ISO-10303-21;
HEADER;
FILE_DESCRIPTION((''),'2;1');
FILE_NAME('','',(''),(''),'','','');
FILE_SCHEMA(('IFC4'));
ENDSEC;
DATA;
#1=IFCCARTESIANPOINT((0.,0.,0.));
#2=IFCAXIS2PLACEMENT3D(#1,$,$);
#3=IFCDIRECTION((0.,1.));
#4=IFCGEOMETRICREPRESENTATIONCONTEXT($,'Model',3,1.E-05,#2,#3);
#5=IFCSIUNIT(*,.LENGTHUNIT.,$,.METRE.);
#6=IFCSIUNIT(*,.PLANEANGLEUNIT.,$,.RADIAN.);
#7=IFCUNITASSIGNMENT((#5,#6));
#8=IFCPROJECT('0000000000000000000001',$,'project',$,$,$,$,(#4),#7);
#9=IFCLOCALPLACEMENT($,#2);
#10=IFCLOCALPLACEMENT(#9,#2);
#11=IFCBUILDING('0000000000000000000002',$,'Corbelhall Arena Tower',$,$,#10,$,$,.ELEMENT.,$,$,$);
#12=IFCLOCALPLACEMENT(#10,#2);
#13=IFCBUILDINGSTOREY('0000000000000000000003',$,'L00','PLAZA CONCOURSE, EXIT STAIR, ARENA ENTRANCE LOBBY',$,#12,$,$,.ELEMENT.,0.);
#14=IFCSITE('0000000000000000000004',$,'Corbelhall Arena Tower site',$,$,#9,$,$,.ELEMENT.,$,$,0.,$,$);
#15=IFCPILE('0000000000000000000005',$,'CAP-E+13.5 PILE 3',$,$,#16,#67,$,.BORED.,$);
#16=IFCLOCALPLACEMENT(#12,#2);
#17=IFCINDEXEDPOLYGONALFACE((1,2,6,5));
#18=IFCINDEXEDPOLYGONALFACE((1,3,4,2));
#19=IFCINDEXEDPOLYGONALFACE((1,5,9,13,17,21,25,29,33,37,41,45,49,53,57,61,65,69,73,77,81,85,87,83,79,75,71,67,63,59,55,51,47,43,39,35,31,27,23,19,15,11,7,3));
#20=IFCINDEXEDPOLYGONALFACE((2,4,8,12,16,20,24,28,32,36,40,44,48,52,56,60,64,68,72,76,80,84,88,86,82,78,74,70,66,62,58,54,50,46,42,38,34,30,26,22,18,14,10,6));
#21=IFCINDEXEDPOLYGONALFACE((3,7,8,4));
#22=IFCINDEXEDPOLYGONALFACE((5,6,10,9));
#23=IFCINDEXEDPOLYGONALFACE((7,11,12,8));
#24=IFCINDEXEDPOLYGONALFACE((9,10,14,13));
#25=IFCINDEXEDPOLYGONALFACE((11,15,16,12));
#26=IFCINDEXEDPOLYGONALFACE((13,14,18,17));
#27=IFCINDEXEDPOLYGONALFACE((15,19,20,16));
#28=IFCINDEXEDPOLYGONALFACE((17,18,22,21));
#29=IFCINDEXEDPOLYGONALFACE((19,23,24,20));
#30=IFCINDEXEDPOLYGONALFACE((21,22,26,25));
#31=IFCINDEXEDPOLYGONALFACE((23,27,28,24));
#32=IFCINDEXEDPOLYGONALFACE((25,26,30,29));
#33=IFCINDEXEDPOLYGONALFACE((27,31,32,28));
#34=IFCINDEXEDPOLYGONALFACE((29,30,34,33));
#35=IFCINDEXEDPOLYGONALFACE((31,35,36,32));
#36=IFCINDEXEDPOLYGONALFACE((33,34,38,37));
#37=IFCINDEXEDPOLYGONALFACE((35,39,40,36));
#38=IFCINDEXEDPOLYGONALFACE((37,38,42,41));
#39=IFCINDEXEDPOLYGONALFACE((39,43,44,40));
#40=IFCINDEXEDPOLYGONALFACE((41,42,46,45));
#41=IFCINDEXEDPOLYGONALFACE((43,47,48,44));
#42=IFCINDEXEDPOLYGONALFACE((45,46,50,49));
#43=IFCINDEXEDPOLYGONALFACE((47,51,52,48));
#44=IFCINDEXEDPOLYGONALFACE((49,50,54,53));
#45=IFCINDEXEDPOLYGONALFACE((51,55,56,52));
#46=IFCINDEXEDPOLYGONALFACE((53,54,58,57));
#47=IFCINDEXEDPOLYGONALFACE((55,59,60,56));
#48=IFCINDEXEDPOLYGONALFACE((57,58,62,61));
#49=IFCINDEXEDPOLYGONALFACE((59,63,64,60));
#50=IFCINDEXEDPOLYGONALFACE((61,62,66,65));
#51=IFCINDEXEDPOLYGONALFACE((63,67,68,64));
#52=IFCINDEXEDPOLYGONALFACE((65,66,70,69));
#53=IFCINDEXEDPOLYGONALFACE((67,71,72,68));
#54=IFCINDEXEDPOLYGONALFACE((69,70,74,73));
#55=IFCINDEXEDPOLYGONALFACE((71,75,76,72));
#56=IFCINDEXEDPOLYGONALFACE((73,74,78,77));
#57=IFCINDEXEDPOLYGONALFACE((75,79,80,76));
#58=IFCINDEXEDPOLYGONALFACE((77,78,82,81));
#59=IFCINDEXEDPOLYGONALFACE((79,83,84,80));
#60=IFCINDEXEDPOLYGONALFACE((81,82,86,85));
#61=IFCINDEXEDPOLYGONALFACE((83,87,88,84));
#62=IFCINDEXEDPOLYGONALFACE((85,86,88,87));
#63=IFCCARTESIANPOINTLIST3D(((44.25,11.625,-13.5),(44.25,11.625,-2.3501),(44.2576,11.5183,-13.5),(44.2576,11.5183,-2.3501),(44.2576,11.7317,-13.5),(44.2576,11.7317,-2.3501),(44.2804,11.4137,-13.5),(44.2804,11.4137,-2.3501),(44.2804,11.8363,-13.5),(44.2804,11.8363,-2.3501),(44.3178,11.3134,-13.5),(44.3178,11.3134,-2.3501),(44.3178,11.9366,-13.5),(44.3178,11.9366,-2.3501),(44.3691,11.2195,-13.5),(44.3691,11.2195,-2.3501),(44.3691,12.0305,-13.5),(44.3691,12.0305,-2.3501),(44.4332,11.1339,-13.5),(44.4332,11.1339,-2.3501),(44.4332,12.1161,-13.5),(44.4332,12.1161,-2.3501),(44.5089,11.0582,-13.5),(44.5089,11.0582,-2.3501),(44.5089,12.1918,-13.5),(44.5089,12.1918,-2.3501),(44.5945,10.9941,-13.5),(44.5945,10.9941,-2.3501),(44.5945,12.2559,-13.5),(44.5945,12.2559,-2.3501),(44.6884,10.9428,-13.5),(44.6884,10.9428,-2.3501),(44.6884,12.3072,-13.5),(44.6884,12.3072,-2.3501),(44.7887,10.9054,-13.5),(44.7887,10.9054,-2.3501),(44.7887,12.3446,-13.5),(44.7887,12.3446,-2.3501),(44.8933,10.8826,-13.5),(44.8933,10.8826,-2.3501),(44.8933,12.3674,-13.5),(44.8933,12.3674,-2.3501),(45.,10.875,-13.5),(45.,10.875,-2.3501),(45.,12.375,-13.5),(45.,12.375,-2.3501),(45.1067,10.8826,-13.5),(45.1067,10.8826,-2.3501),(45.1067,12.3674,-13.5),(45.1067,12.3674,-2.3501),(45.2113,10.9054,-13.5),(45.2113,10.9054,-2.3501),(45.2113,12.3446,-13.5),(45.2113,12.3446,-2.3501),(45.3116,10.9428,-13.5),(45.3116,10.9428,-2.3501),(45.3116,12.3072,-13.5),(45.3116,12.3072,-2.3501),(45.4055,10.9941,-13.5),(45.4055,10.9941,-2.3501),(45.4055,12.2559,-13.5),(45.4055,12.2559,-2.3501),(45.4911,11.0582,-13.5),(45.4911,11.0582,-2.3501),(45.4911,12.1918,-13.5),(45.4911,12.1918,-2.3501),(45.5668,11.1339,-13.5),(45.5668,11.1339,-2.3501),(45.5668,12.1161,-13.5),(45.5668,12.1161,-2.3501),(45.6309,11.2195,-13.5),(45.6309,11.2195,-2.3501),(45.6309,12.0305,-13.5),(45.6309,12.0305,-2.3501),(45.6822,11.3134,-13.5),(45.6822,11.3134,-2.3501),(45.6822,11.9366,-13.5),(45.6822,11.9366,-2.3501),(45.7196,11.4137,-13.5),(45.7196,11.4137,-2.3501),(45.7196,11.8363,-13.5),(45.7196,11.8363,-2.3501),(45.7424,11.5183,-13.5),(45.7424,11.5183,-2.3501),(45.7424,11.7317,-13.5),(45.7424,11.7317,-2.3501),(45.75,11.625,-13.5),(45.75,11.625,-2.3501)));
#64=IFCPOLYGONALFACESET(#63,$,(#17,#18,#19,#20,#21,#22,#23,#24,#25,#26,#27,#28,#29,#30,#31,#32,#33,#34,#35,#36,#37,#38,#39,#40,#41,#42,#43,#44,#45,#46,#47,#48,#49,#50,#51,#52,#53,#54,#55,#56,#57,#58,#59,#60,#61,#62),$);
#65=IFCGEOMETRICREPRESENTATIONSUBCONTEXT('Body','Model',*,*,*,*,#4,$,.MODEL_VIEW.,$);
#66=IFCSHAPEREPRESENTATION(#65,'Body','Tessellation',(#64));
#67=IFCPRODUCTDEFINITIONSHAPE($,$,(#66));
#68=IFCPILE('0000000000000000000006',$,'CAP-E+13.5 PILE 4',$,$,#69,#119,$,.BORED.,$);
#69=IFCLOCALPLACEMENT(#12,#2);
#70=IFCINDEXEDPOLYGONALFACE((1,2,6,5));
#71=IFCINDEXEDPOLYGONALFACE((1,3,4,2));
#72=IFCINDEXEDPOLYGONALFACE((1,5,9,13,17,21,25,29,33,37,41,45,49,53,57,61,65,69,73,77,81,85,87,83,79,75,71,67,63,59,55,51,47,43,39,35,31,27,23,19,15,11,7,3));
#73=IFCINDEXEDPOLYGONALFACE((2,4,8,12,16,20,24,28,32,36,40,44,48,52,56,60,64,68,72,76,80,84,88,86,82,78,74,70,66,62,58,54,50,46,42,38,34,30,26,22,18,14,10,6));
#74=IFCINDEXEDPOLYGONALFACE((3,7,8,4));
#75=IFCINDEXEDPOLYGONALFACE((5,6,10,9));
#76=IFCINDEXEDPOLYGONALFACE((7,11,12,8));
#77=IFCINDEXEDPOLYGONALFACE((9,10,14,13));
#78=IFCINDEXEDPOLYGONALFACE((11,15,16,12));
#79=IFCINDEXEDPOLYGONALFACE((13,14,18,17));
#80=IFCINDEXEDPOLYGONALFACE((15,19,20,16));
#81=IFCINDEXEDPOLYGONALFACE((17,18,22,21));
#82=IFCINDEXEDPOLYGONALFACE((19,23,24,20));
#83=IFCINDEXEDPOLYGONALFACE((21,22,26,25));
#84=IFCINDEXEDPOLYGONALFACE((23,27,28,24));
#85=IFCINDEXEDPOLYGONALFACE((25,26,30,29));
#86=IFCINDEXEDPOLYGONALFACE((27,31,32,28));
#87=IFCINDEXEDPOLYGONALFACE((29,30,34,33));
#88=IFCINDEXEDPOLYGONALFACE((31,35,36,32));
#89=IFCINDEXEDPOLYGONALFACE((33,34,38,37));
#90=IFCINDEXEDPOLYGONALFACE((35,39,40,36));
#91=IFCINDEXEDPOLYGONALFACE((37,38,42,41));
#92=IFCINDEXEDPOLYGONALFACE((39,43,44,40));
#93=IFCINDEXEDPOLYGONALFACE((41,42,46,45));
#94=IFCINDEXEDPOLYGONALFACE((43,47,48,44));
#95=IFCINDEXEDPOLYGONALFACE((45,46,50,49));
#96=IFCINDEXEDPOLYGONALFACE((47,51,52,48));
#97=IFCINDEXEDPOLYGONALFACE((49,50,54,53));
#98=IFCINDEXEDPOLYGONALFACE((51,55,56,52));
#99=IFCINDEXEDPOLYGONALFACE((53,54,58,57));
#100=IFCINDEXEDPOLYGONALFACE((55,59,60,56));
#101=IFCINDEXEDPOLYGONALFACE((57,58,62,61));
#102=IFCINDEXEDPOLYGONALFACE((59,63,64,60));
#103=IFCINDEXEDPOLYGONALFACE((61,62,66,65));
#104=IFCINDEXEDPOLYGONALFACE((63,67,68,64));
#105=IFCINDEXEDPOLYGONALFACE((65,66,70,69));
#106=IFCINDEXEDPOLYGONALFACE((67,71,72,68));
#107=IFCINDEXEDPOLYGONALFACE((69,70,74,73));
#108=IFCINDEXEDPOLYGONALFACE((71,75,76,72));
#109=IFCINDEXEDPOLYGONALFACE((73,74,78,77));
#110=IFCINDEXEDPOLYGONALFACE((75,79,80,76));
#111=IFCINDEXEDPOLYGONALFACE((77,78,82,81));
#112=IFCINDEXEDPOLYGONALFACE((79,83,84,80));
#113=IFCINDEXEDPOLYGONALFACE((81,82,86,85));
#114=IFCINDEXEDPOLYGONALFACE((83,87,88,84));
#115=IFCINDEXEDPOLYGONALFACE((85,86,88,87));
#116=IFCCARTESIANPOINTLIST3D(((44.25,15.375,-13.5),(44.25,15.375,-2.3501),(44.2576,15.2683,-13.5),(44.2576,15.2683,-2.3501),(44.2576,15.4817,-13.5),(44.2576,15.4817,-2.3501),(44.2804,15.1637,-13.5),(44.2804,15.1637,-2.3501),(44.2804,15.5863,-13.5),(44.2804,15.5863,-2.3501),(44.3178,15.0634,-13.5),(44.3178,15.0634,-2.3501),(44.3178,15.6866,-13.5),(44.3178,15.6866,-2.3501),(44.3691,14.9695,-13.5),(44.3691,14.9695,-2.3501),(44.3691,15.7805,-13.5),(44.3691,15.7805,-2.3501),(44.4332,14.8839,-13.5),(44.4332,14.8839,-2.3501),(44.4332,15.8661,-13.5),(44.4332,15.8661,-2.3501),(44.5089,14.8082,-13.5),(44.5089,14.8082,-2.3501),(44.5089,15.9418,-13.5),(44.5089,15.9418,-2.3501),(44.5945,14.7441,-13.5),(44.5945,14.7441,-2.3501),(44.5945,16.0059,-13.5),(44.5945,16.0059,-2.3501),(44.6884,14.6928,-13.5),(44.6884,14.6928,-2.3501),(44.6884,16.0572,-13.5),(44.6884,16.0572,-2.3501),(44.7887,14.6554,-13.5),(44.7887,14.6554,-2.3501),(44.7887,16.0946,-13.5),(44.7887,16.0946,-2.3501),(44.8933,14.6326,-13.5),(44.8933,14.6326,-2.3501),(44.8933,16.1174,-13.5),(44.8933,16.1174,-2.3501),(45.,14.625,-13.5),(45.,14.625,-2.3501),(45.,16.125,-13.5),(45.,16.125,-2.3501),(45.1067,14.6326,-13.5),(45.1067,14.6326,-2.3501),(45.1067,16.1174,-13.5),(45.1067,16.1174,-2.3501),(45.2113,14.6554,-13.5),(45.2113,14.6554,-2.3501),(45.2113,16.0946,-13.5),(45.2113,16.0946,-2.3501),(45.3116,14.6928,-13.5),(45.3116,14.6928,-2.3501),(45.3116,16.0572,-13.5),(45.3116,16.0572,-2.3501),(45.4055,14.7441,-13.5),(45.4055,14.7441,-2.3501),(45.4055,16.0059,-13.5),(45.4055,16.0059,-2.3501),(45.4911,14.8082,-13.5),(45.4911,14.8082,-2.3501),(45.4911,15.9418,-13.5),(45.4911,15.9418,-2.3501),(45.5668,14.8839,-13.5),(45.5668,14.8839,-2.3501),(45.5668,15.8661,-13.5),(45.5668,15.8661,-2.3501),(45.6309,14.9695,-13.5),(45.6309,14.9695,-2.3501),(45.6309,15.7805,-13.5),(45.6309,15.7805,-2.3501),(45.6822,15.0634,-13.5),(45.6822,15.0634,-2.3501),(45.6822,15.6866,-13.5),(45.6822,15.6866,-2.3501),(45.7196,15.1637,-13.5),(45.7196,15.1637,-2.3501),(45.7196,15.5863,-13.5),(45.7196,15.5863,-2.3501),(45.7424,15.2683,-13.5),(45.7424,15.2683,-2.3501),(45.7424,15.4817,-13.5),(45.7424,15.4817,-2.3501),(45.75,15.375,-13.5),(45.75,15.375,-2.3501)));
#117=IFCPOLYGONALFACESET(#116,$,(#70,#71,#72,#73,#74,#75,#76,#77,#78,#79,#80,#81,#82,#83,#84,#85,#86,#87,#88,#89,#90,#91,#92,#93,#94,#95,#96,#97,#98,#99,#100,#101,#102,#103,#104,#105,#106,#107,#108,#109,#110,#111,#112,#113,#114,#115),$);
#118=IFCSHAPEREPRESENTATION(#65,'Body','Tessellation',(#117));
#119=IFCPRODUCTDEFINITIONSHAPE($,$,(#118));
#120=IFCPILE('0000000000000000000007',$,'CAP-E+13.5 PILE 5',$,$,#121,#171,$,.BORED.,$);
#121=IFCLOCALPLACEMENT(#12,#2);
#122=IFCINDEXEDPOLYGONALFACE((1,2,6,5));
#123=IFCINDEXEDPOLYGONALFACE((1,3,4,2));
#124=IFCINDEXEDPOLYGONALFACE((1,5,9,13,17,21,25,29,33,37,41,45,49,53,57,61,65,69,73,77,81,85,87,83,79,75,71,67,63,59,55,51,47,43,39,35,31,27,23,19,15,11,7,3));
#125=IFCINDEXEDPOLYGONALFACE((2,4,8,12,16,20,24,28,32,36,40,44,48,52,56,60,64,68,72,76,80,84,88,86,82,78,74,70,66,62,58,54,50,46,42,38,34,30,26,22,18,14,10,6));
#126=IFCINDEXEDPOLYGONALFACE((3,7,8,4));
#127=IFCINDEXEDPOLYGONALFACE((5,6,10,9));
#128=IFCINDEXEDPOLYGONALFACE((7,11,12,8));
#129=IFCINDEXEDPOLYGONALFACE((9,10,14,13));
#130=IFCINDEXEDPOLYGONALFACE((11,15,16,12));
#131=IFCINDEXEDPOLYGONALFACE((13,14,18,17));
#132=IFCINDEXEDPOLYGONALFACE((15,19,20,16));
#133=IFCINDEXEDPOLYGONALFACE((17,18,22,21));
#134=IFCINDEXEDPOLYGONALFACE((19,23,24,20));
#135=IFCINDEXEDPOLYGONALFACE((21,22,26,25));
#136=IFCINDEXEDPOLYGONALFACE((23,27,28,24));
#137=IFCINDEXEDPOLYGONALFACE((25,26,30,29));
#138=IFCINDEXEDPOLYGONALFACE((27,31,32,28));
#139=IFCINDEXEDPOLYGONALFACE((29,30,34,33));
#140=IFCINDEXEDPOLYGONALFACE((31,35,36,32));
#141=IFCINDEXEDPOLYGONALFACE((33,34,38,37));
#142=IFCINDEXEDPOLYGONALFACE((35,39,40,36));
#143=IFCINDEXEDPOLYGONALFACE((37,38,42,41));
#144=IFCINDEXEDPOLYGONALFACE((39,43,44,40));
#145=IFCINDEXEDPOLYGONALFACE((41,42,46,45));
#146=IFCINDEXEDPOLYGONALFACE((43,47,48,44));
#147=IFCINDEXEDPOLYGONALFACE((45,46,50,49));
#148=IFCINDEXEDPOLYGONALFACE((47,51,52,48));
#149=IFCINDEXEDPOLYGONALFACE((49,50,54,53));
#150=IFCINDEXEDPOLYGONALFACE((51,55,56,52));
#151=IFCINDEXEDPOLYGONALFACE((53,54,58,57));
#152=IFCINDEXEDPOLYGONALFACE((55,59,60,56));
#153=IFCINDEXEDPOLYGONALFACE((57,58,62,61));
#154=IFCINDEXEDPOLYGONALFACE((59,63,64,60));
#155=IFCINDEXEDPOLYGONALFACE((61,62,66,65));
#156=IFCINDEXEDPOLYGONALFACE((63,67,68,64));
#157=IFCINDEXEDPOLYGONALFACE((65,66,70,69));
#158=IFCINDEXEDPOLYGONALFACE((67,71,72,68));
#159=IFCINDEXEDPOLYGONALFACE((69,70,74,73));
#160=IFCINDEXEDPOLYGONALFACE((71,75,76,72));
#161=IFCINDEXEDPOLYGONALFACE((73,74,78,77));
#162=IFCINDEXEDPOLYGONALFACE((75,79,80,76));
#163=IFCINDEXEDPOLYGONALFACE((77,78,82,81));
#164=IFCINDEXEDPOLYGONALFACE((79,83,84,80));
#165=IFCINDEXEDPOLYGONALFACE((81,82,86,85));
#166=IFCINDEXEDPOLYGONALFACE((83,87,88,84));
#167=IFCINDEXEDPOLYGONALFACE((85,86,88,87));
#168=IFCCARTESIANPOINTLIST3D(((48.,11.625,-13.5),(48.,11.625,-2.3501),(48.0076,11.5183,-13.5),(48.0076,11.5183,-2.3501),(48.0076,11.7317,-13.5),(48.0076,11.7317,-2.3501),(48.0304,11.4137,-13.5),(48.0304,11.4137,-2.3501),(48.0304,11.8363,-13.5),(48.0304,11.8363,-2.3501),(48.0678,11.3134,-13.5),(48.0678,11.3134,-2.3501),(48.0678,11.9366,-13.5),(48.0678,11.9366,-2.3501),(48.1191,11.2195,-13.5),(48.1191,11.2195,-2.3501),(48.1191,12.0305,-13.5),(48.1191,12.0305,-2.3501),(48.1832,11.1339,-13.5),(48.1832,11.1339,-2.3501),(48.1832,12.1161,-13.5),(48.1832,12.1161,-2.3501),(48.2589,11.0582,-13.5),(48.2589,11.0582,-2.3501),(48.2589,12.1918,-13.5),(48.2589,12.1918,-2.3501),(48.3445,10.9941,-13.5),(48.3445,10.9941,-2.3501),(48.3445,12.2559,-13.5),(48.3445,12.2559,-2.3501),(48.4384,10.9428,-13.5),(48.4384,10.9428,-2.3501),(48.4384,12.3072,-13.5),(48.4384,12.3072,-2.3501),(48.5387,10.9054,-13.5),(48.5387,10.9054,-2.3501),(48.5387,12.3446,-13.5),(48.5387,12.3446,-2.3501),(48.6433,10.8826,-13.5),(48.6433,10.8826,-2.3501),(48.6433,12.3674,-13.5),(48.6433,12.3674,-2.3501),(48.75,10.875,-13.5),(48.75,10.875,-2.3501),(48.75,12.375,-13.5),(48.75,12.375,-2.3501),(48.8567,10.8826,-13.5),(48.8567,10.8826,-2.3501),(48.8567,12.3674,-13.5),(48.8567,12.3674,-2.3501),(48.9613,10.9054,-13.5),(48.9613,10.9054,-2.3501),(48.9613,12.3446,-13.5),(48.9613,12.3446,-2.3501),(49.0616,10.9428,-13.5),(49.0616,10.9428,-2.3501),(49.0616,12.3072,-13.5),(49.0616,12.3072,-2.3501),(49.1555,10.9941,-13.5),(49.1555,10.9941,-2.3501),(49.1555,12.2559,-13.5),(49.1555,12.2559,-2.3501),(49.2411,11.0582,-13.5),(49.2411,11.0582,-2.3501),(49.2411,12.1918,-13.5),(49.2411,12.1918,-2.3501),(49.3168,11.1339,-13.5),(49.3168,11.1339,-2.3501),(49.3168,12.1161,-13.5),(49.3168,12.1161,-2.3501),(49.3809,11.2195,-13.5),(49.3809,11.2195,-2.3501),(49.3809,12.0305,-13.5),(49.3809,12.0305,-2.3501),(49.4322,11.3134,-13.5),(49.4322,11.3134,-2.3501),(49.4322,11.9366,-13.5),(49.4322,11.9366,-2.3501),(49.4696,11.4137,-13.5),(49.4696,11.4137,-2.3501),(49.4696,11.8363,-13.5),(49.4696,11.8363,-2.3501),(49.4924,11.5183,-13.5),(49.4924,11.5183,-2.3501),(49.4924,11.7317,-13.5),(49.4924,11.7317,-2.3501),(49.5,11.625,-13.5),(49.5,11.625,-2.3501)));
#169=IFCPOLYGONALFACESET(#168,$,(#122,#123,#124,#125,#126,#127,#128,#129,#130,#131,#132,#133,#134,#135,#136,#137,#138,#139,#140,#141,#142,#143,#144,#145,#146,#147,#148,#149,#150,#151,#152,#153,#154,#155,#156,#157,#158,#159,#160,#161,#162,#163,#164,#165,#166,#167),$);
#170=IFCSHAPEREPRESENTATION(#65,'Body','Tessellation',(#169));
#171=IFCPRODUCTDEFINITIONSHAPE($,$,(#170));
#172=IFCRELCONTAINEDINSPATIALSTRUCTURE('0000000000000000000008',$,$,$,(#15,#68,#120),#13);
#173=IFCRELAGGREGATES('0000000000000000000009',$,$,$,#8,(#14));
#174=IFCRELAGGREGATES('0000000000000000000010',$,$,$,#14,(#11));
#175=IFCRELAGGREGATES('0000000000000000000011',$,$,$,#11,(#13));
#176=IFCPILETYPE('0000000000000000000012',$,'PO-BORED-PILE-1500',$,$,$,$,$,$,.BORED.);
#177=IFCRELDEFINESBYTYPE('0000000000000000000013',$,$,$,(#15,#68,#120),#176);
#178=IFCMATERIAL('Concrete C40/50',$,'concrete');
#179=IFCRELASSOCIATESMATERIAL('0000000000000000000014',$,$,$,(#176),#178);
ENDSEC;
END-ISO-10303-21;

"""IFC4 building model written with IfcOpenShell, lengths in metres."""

from ifc_helpers import new_model, si_unit, direction, frame, origin, origin_2d, place, context, subcontext, project, spatial, circle, extrude, material, material_profile, profile_set, type_object, element, save


model = new_model("IFC4")

# Units and contexts
model_context = context("Model", 3, precision=1e-05, world=origin(), true_north=direction((0.0, 1.0)))
body_context = subcontext(model_context, "Body", "Model", "MODEL_VIEW")
ifc_project = project(units=[si_unit("LENGTHUNIT", "METRE"), si_unit("PLANEANGLEUNIT", "RADIAN")], contexts=[model_context])

# Site, building, storey
site_placement = place(None, origin())
site = spatial("IfcSite", under=ifc_project, at=site_placement, Name="Corbelhall Arena Tower site", CompositionType="ELEMENT", RefElevation=0.0)
building_placement = place(site_placement, origin())
building = spatial("IfcBuilding", under=site, at=building_placement, Name="Corbelhall Arena Tower", CompositionType="ELEMENT")
storey_placement = place(building_placement, origin())
storey = spatial("IfcBuildingStorey", under=building, at=storey_placement, Name="L00", Description="PLAZA CONCOURSE, EXIT STAIR, ARENA ENTRANCE LOBBY", CompositionType="ELEMENT", Elevation=0.0)

# Piles
ifc_material_1 = material(Name="Concrete C40/50", Category="concrete")
ifc_material_profile_1 = material_profile(ifc_material_1, circle(Radius=0.75, at=origin_2d()))
ifc_profile_set_1 = profile_set([ifc_material_profile_1], Name="Concrete C40/50")
pile_type_1 = type_object("IfcPileType", Name="PO-BORED-PILE-1500", PredefinedType="BORED", material=ifc_profile_set_1)
for number, where, z_axis, x_axis, name in (
    (1, (45.0, 11.625, -2.3501), (0.0, 0.0, -1.0), (1.0, 0.0, 0.0), "CAP-E+13.5 PILE 3"),
    (2, (45.0, 15.375, -2.3501), (0.0, 0.0, -1.0), (1.0, 0.0, 0.0), "CAP-E+13.5 PILE 4"),
    (3, (48.75, 11.625, -2.3501), (0.0, 0.0, -1.0), (1.0, 0.0, 0.0), "CAP-E+13.5 PILE 5"),
):
    element("IfcPile", number, at=place(storey_placement, frame(where, z_axis=z_axis, x_axis=x_axis)), inside=storey, type_object=pile_type_1, Name=name, PredefinedType="BORED", context=body_context, shape_type="SweptSolid", body=[
        extrude(circle(Radius=0.75, at=origin_2d()), origin(), (0.0, 0.0, 1.0), 11.1499),
    ])

save(model, "model.ifc")
